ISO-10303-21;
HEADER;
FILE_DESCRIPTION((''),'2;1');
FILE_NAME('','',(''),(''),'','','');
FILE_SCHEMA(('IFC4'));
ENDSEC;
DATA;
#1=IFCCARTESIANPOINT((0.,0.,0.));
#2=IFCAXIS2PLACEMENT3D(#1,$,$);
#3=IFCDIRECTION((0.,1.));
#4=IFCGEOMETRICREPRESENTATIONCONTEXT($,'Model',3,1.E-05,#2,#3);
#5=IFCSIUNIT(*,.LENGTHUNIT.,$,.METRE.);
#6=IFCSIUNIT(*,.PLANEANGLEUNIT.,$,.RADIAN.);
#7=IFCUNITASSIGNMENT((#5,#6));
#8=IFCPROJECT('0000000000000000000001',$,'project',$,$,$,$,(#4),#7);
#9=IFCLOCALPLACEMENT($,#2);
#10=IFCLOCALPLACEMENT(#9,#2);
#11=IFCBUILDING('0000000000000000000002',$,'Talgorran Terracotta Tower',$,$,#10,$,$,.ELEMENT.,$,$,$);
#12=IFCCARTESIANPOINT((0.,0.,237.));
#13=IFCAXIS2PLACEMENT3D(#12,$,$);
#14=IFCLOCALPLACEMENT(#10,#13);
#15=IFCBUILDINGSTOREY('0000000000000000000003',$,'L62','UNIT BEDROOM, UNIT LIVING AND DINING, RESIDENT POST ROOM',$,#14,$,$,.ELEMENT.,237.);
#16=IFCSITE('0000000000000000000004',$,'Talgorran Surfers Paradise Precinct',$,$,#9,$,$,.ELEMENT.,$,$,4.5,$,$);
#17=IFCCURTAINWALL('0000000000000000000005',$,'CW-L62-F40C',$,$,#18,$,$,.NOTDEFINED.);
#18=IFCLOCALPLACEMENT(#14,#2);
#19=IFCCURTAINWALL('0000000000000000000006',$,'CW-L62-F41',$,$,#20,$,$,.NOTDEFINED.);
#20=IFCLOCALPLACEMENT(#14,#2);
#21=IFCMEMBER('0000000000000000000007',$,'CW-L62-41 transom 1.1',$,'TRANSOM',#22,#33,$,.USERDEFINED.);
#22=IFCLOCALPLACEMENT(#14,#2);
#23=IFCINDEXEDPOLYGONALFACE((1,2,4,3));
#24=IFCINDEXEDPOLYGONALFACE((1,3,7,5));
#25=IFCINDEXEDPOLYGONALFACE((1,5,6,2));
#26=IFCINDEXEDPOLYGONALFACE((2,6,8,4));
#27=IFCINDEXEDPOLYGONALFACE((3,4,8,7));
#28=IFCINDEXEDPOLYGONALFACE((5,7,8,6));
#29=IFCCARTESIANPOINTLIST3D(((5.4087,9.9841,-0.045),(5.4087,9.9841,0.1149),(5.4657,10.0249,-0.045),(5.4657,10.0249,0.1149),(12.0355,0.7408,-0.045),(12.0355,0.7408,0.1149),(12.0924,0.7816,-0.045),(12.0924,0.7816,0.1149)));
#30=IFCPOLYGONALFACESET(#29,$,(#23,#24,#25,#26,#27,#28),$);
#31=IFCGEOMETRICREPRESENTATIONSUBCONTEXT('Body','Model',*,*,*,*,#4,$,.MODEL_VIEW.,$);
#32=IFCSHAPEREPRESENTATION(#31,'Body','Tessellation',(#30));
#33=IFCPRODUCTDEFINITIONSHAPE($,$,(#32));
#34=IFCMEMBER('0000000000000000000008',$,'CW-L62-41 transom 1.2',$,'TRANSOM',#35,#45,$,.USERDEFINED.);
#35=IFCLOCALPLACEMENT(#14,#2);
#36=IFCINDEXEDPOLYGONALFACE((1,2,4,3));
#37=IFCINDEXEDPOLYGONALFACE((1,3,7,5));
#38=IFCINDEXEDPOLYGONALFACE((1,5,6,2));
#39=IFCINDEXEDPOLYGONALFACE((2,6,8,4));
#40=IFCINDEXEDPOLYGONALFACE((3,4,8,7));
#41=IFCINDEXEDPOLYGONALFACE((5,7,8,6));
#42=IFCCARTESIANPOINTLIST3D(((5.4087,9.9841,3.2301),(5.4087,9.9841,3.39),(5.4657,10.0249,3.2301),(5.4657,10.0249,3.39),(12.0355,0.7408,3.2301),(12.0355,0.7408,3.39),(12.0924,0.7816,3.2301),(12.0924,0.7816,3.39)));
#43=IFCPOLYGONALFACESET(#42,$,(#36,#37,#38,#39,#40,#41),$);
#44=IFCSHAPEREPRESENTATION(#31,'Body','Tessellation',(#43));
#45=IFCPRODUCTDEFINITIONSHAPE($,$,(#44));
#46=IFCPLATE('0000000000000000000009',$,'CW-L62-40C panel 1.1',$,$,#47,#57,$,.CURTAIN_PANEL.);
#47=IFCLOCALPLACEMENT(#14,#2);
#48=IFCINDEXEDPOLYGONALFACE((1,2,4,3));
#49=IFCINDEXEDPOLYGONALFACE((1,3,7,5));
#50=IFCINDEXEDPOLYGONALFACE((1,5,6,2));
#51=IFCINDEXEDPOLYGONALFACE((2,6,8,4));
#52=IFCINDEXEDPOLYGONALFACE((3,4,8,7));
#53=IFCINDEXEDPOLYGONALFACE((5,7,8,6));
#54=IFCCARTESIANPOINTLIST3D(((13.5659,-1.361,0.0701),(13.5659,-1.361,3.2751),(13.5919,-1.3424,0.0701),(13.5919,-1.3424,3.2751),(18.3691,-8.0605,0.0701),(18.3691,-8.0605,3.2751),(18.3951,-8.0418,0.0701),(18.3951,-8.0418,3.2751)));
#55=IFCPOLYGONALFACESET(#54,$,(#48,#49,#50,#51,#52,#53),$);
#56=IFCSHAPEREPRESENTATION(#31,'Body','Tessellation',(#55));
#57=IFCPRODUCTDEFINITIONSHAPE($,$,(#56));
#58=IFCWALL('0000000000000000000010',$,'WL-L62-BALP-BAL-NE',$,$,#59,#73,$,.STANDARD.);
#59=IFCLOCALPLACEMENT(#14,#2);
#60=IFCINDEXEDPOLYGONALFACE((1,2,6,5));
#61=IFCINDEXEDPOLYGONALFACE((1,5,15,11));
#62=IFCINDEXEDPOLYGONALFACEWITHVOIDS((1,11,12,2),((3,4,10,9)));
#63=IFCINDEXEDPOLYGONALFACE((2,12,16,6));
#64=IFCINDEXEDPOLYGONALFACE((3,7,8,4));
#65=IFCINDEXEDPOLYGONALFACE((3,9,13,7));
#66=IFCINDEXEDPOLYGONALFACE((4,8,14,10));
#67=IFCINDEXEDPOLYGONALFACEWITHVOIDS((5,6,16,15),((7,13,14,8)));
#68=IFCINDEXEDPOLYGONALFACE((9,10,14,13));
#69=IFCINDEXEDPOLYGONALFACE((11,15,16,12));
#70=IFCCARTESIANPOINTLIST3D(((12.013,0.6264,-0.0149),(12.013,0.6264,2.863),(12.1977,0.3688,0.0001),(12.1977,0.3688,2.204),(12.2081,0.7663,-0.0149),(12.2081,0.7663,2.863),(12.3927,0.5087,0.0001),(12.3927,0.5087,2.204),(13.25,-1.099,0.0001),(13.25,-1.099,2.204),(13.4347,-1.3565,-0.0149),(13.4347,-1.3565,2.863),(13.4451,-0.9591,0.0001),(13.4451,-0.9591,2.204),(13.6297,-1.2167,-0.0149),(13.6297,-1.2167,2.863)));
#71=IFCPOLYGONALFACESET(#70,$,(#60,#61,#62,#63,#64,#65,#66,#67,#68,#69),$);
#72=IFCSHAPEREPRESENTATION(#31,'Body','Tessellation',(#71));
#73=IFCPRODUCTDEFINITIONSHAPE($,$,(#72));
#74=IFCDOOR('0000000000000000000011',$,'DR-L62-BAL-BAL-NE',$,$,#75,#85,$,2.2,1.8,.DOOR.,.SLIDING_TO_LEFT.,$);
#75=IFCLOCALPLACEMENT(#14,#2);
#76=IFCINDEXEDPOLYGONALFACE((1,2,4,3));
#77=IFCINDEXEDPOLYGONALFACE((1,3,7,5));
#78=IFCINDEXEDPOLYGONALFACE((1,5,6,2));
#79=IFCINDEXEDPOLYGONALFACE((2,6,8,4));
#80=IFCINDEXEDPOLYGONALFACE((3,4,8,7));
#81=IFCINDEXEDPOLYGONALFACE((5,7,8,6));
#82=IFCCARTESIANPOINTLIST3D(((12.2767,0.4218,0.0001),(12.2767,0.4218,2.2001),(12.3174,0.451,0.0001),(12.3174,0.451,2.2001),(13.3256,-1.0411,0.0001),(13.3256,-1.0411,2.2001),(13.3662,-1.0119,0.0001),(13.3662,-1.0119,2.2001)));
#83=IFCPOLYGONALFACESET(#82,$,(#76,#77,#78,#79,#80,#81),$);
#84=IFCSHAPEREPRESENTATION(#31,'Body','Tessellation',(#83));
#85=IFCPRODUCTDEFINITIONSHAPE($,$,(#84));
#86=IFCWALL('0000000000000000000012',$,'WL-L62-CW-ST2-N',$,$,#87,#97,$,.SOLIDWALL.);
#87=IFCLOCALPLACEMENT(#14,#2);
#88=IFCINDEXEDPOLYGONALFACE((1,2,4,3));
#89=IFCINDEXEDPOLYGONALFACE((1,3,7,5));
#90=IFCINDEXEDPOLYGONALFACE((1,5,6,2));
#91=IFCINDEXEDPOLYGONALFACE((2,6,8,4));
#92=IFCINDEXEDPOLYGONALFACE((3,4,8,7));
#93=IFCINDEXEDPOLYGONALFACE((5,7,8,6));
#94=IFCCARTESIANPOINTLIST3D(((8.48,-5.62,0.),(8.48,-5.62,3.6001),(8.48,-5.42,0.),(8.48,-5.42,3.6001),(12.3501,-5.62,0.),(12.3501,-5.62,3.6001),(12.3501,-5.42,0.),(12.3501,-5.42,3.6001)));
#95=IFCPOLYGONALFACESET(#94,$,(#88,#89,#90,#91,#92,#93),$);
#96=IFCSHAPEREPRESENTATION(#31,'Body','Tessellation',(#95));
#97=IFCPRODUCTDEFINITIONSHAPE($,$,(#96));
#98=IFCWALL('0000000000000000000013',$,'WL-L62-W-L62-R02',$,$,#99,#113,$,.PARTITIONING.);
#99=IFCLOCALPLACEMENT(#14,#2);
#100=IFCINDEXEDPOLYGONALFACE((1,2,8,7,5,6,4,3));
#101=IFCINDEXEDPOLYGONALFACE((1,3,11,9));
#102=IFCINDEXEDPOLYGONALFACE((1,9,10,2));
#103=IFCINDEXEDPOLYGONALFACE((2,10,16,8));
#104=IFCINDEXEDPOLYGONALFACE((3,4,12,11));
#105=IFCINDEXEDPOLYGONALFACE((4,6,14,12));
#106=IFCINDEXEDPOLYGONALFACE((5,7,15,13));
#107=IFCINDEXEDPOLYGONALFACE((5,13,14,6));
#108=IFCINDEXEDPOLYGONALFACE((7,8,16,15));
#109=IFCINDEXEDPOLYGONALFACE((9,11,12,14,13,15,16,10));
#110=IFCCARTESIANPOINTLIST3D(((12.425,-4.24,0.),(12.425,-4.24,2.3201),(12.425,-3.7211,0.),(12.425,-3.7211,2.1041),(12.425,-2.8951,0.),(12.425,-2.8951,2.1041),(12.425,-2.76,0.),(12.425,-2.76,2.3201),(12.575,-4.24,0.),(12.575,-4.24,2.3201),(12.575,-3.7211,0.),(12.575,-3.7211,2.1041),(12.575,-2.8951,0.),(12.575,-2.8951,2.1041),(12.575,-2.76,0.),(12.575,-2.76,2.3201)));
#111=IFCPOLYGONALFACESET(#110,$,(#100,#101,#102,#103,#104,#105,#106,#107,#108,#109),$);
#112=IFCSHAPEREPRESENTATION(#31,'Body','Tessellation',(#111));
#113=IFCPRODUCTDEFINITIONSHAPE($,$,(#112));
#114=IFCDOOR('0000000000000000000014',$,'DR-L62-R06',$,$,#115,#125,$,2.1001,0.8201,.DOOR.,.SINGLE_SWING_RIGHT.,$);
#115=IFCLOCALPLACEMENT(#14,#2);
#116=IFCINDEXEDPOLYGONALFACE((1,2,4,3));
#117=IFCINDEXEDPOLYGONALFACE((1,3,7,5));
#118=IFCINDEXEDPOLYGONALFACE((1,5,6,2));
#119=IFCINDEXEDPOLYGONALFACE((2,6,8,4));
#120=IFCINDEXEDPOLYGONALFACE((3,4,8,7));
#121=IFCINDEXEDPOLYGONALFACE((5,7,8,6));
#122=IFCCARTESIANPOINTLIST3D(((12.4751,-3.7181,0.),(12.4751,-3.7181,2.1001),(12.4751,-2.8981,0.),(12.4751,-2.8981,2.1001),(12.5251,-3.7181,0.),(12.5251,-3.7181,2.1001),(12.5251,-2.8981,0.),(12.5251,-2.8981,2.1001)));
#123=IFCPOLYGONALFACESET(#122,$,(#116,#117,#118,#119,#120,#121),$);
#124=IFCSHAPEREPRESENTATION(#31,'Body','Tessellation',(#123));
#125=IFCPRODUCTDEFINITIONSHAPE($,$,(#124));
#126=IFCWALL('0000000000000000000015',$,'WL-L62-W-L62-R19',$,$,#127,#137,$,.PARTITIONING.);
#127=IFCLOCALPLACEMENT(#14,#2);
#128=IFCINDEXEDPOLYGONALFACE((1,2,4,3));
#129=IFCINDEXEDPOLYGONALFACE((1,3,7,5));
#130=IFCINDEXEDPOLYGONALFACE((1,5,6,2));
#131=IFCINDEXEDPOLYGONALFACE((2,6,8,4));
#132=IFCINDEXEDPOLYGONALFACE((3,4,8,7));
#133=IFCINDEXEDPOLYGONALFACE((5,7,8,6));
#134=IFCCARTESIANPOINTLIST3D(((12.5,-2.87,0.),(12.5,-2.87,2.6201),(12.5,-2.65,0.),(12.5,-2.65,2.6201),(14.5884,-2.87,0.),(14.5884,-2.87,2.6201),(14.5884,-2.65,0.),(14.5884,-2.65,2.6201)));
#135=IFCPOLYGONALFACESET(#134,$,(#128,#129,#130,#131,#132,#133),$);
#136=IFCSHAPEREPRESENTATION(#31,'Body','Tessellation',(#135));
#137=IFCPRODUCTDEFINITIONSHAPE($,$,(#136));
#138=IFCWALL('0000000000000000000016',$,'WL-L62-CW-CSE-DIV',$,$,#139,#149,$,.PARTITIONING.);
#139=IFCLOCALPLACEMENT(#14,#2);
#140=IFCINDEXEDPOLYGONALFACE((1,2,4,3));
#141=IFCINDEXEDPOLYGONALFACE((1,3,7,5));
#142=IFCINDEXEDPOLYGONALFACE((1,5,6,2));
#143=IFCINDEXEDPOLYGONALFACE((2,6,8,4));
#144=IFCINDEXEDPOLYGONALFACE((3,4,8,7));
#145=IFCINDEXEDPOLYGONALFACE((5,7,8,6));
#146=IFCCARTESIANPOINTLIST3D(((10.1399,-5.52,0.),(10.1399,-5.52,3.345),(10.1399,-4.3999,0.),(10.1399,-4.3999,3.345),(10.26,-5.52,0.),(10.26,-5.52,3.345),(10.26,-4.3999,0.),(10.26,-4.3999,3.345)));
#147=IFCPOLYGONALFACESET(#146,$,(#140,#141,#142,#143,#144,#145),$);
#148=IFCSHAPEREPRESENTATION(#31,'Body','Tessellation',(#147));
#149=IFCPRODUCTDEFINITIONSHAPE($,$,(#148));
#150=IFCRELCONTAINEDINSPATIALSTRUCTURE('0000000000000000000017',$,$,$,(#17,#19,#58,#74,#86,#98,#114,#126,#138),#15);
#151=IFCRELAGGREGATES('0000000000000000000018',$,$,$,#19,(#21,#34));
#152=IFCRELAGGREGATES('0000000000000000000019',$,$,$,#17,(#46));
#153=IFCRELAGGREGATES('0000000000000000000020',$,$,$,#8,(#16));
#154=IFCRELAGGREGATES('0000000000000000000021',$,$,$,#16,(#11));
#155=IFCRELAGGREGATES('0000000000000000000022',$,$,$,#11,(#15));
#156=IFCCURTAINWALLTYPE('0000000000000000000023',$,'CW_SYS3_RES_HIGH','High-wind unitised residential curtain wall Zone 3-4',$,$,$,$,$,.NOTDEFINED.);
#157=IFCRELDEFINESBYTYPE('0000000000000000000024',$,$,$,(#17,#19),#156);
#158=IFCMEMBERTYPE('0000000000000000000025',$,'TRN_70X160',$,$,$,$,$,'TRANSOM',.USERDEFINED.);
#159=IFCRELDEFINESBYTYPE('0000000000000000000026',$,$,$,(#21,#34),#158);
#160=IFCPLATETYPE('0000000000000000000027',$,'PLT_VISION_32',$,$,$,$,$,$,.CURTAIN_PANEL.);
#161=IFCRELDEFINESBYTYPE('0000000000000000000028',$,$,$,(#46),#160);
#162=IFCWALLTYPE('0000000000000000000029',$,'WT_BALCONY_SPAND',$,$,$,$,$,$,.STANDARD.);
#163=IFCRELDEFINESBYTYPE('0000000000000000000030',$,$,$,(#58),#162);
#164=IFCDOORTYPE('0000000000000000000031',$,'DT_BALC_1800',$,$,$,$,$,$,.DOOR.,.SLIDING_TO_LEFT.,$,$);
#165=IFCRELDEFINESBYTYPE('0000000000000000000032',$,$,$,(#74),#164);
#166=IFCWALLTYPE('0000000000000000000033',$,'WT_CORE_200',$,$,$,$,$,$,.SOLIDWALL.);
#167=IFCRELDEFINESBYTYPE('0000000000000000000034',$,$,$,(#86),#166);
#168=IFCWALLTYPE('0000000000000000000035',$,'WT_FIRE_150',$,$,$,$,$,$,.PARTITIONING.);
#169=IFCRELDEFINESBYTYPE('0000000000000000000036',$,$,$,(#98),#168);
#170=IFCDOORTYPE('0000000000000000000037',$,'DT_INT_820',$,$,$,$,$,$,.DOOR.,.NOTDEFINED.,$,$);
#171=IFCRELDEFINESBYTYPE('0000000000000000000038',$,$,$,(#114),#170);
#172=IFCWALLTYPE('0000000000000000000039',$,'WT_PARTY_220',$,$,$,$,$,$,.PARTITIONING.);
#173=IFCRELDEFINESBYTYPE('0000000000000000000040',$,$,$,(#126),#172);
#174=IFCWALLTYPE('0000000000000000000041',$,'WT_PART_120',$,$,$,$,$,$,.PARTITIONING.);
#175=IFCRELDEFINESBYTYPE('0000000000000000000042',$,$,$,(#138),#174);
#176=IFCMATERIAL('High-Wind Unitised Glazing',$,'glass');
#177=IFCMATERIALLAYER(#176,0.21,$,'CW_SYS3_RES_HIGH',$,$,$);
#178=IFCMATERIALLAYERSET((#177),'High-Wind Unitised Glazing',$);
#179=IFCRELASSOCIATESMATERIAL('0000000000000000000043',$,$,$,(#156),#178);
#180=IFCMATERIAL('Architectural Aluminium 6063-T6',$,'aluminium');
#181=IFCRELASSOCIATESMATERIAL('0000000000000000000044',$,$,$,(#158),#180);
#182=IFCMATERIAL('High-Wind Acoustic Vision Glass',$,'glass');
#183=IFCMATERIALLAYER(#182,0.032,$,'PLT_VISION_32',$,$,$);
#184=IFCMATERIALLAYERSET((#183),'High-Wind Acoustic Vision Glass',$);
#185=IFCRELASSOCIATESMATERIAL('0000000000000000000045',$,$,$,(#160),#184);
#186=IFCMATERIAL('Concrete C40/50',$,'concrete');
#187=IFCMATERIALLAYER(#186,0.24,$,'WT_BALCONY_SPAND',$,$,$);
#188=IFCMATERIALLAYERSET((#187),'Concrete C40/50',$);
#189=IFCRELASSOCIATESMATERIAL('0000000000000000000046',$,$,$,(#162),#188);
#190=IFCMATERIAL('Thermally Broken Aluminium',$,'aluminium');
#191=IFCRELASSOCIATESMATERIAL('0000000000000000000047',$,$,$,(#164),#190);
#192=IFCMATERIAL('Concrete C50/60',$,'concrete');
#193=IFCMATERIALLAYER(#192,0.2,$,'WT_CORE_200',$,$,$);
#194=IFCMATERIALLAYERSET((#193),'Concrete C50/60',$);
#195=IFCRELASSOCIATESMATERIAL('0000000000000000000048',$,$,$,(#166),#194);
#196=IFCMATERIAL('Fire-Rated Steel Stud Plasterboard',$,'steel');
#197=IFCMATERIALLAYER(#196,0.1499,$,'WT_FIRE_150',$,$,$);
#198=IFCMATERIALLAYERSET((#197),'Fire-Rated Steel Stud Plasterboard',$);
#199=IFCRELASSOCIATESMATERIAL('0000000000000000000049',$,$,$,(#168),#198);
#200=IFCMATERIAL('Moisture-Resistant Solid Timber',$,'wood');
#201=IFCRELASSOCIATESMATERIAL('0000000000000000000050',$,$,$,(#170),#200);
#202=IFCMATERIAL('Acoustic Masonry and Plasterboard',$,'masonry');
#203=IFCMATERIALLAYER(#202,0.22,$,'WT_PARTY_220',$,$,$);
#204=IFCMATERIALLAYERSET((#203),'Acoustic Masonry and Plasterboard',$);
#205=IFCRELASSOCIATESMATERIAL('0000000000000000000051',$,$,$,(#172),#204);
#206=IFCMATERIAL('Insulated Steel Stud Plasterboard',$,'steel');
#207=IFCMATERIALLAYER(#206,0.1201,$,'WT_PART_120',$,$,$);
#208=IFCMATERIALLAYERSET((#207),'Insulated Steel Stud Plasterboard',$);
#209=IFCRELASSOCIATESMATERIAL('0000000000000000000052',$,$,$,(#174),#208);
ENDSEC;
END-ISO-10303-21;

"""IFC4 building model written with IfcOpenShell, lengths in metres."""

from ifc_helpers import new_model, si_unit, direction, frame, frame_2d, origin, origin_2d, place, context, subcontext, project, spatial, rectangle, extrude, source, transform, mapped, material, layer, layer_set, material_profile, profile_set, type_object, type_shapes, element, fill, aggregate, save


model = new_model("IFC4")

# Units and contexts
model_context = context("Model", 3, precision=1e-05, world=origin(), true_north=direction((0.0, 1.0)))
body_context = subcontext(model_context, "Body", "Model", "MODEL_VIEW")
ifc_project = project(units=[si_unit("LENGTHUNIT", "METRE"), si_unit("PLANEANGLEUNIT", "RADIAN")], contexts=[model_context])

# Site, building, storey
site_placement = place(None, origin())
site = spatial("IfcSite", under=ifc_project, at=site_placement, Name="Talgorran Surfers Paradise Precinct", CompositionType="ELEMENT", RefElevation=4.5)
building_placement = place(site_placement, origin())
building = spatial("IfcBuilding", under=site, at=building_placement, Name="Talgorran Terracotta Tower", CompositionType="ELEMENT")
storey_placement = place(building_placement, frame((0.0, 0.0, 237.0)))
storey = spatial("IfcBuildingStorey", under=building, at=storey_placement, Name="L62", Description="UNIT BEDROOM, UNIT LIVING AND DINING, RESIDENT POST ROOM", CompositionType="ELEMENT", Elevation=237.0)

# Curtain wall
ifc_material_1 = material(Name="High-Wind Unitised Glazing", Category="glass")
ifc_layer_1 = layer(ifc_material_1, 0.21, Name="CW_SYS3_RES_HIGH")
ifc_layer_set_1 = layer_set([ifc_layer_1], Name="High-Wind Unitised Glazing")
curtain_wall_type = type_object("IfcCurtainWallType", Name="CW_SYS3_RES_HIGH", Description="High-wind unitised residential curtain wall Zone 3-4", PredefinedType="NOTDEFINED", material=ifc_layer_set_1)
curtain_wall_1_placement = place(storey_placement, origin())
curtain_wall_1 = element("IfcCurtainWall", 1, at=curtain_wall_1_placement, inside=storey, type_object=curtain_wall_type, Name="CW-L62-F40C", PredefinedType="NOTDEFINED")
ifc_material_2 = material(Name="Architectural Aluminium 6063-T6", Category="aluminium")

# Curtain wall, members
curtain_wall_2_placement = place(storey_placement, origin())
curtain_wall_2 = element("IfcCurtainWall", 2, at=curtain_wall_2_placement, inside=storey, type_object=curtain_wall_type, Name="CW-L62-F41", PredefinedType="NOTDEFINED")
ifc_material_profile_1 = material_profile(ifc_material_2, rectangle(XDim=0.0701, YDim=0.1599, at=origin_2d()), Name="CWT70X160")
ifc_profile_set_1 = profile_set([ifc_material_profile_1], Name="Architectural Aluminium 6063-T6")
member_type_1 = type_object("IfcMemberType", Name="TRN_70X160", ElementType="TRANSOM", PredefinedType="USERDEFINED", material=ifc_profile_set_1)
member_1_placement = place(storey_placement, frame((12.064, 0.7612, 0.0349), z_axis=(-0.582661, 0.812715, 0.0), x_axis=(-0.812715, -0.582661, 0.0)))
member_1 = element("IfcMember", 3, at=member_1_placement, type_object=member_type_1, Name="CW-L62-41 transom 1.1", ObjectType="TRANSOM", PredefinedType="USERDEFINED", context=body_context, shape_type="SweptSolid", body=[
    extrude(rectangle(XDim=0.0701, YDim=0.1599, at=origin_2d()), origin(), (0.0, 0.0, 1.0), 11.3733),
])
member_2_placement = place(storey_placement, frame((12.064, 0.7612, 3.3101), z_axis=(-0.582661, 0.812715, 0.0), x_axis=(-0.812715, -0.582661, 0.0)))
member_2 = element("IfcMember", 4, at=member_2_placement, type_object=member_type_1, Name="CW-L62-41 transom 1.2", ObjectType="TRANSOM", PredefinedType="USERDEFINED", context=body_context, shape_type="SweptSolid", body=[
    extrude(rectangle(XDim=0.0701, YDim=0.1599, at=origin_2d()), origin(), (0.0, 0.0, 1.0), 11.3733),
])
aggregate(curtain_wall_2, [member_1, member_2])

# Plate
ifc_material_3 = material(Name="High-Wind Acoustic Vision Glass", Category="glass")
ifc_layer_2 = layer(ifc_material_3, 0.032, Name="PLT_VISION_32")
ifc_layer_set_2 = layer_set([ifc_layer_2], Name="High-Wind Acoustic Vision Glass")
plate_type = type_object("IfcPlateType", Name="PLT_VISION_32", PredefinedType="CURTAIN_PANEL", material=ifc_layer_set_2)
shared_shape = source(origin(), body_context, "Body", "SweptSolid", [
    extrude(rectangle(XDim=8.2434, YDim=0.032, at=origin_2d()), origin(), (0.0, 0.0, 1.0), 3.2051),
])
type_shapes(plate_type, [shared_shape])
plate_placement = place(storey_placement, frame((15.9805, -4.7014, 0.0701), z_axis=(0.0, 0.0, 1.0), x_axis=(-0.582669, 0.812709, 0.0)))
plate = element("IfcPlate", 5, at=plate_placement, type_object=plate_type, Name="CW-L62-40C panel 1.1", PredefinedType="CURTAIN_PANEL", context=body_context, shape_type="MappedRepresentation", body=[
    mapped(shared_shape, transform((0.0, 0.0, 0.0), scale=1.0)),
])
aggregate(curtain_wall_1, [plate])

# Wall, opening, door
ifc_material_4 = material(Name="Concrete C40/50", Category="concrete")
ifc_layer_3 = layer(ifc_material_4, 0.24, Name="WT_BALCONY_SPAND")
ifc_layer_set_3 = layer_set([ifc_layer_3], Name="Concrete C40/50")
wall_type_1 = type_object("IfcWallType", Name="WT_BALCONY_SPAND", PredefinedType="STANDARD", material=ifc_layer_set_3)
wall_1_placement = place(storey_placement, frame((13.5322, -1.2866, -0.0149), z_axis=(0.0, 0.0, 1.0), x_axis=(-0.582667, 0.812711, 0.0)))
wall_1 = element("IfcWall", 6, at=wall_1_placement, inside=storey, type_object=wall_type_1, Name="WL-L62-BALP-BAL-NE", PredefinedType="STANDARD", context=body_context, shape_type="SweptSolid", body=[
    extrude(rectangle(XDim=2.4399, YDim=0.24, at=frame_2d((1.22, 0.0))), origin(), (0.0, 0.0, 1.0), 2.8779),
])
opening_1_placement = place(wall_1_placement, frame((0.3201, 0.0, 0.0149)))
opening_1 = element("IfcOpeningElement", 7, at=opening_1_placement, cuts=wall_1, PredefinedType="OPENING", context=body_context, shape_type="SweptSolid", body=[
    extrude(rectangle(XDim=1.806, YDim=2.204, at=frame_2d((0.8999, 1.1021))), frame((0.0, 0.1299, 0.0), z_axis=(0.0, -1.0, 0.0), x_axis=(1.0, 0.0, 0.0)), (0.0, 0.0, 1.0), 0.26),
])
ifc_material_5 = material(Name="Thermally Broken Aluminium", Category="aluminium")
door_type_1 = type_object("IfcDoorType", Name="DT_BALC_1800", OperationType="SLIDING_TO_LEFT", PredefinedType="DOOR", material=ifc_material_5)
door_1_placement = place(opening_1_placement, origin())
door_1 = element("IfcDoor", 8, at=door_1_placement, inside=storey, type_object=door_type_1, Name="DR-L62-BAL-BAL-NE", OperationType="SLIDING_TO_LEFT", OverallHeight=2.2, OverallWidth=1.8, PredefinedType="DOOR", context=body_context, shape_type="SweptSolid", body=[
    extrude(rectangle(XDim=1.8, YDim=2.2, at=frame_2d((0.8999, 1.1001))), frame((0.0, 0.0249, 0.0), z_axis=(0.0, -1.0, 0.0), x_axis=(1.0, 0.0, 0.0)), (0.0, 0.0, 1.0), 0.05),
])
fill(opening_1, door_1)

# Wall
ifc_material_6 = material(Name="Concrete C50/60", Category="concrete")
ifc_layer_4 = layer(ifc_material_6, 0.2, Name="WT_CORE_200")
ifc_layer_set_4 = layer_set([ifc_layer_4], Name="Concrete C50/60")
wall_type_2 = type_object("IfcWallType", Name="WT_CORE_200", PredefinedType="SOLIDWALL", material=ifc_layer_set_4)
wall_2_placement = place(storey_placement, frame((8.48, -5.52, 0.0), z_axis=(0.0, 0.0, 1.0), x_axis=(1.0, 0.0, 0.0)))
element("IfcWall", 9, at=wall_2_placement, inside=storey, type_object=wall_type_2, Name="WL-L62-CW-ST2-N", PredefinedType="SOLIDWALL", context=body_context, shape_type="SweptSolid", body=[
    extrude(rectangle(XDim=3.8701, YDim=0.2, at=frame_2d((1.9351, 0.0))), origin(), (0.0, 0.0, 1.0), 3.6001),
])

# Wall, opening, door
ifc_material_7 = material(Name="Fire-Rated Steel Stud Plasterboard", Category="steel")
ifc_layer_5 = layer(ifc_material_7, 0.1499, Name="WT_FIRE_150")
ifc_layer_set_5 = layer_set([ifc_layer_5], Name="Fire-Rated Steel Stud Plasterboard")
wall_type_3 = type_object("IfcWallType", Name="WT_FIRE_150", PredefinedType="PARTITIONING", material=ifc_layer_set_5)
wall_3_placement = place(storey_placement, frame((12.5, -4.24, 0.0), z_axis=(0.0, 0.0, 1.0), x_axis=(0.0, 1.0, 0.0)))
wall_3 = element("IfcWall", 10, at=wall_3_placement, inside=storey, type_object=wall_type_3, Name="WL-L62-W-L62-R02", PredefinedType="PARTITIONING", context=body_context, shape_type="SweptSolid", body=[
    extrude(rectangle(XDim=1.48, YDim=0.1499, at=frame_2d((0.74, 0.0))), origin(), (0.0, 0.0, 1.0), 2.3201),
])
opening_2_placement = place(wall_3_placement, frame((0.5217, 0.0, 0.0)))
opening_2 = element("IfcOpeningElement", 11, at=opening_2_placement, cuts=wall_3, PredefinedType="OPENING", context=body_context, shape_type="SweptSolid", body=[
    extrude(rectangle(XDim=0.8261, YDim=2.1041, at=frame_2d((0.4102, 1.052))), frame((0.0, 0.085, 0.0), z_axis=(0.0, -1.0, 0.0), x_axis=(1.0, 0.0, 0.0)), (0.0, 0.0, 1.0), 0.1699),
])
ifc_material_8 = material(Name="Moisture-Resistant Solid Timber", Category="wood")
door_type_2 = type_object("IfcDoorType", Name="DT_INT_820", OperationType="NOTDEFINED", PredefinedType="DOOR", material=ifc_material_8)
door_2_placement = place(opening_2_placement, origin())
door_2 = element("IfcDoor", 12, at=door_2_placement, inside=storey, type_object=door_type_2, Name="DR-L62-R06", OperationType="SINGLE_SWING_RIGHT", OverallHeight=2.1001, OverallWidth=0.8201, PredefinedType="DOOR", context=body_context, shape_type="SweptSolid", body=[
    extrude(rectangle(XDim=0.8201, YDim=2.1001, at=frame_2d((0.4102, 1.05))), frame((0.0, 0.0249, 0.0), z_axis=(0.0, -1.0, 0.0), x_axis=(1.0, 0.0, 0.0)), (0.0, 0.0, 1.0), 0.05),
])
fill(opening_2, door_2)

# Walls
ifc_material_9 = material(Name="Acoustic Masonry and Plasterboard", Category="masonry")
ifc_layer_6 = layer(ifc_material_9, 0.22, Name="WT_PARTY_220")
ifc_layer_set_6 = layer_set([ifc_layer_6], Name="Acoustic Masonry and Plasterboard")
wall_type_4 = type_object("IfcWallType", Name="WT_PARTY_220", PredefinedType="PARTITIONING", material=ifc_layer_set_6)
wall_4_placement = place(storey_placement, frame((12.5, -2.76, 0.0), z_axis=(0.0, 0.0, 1.0), x_axis=(1.0, 0.0, 0.0)))
element("IfcWall", 13, at=wall_4_placement, inside=storey, type_object=wall_type_4, Name="WL-L62-W-L62-R19", PredefinedType="PARTITIONING", context=body_context, shape_type="SweptSolid", body=[
    extrude(rectangle(XDim=2.0884, YDim=0.22, at=frame_2d((1.0442, 0.0))), origin(), (0.0, 0.0, 1.0), 2.6201),
])
ifc_material_10 = material(Name="Insulated Steel Stud Plasterboard", Category="steel")
ifc_layer_7 = layer(ifc_material_10, 0.1201, Name="WT_PART_120")
ifc_layer_set_7 = layer_set([ifc_layer_7], Name="Insulated Steel Stud Plasterboard")
wall_type_5 = type_object("IfcWallType", Name="WT_PART_120", PredefinedType="PARTITIONING", material=ifc_layer_set_7)
wall_5_placement = place(storey_placement, frame((10.2, -5.52, 0.0), z_axis=(0.0, 0.0, 1.0), x_axis=(0.0, 1.0, 0.0)))
element("IfcWall", 14, at=wall_5_placement, inside=storey, type_object=wall_type_5, Name="WL-L62-CW-CSE-DIV", PredefinedType="PARTITIONING", context=body_context, shape_type="SweptSolid", body=[
    extrude(rectangle(XDim=1.1201, YDim=0.1201, at=frame_2d((0.5601, 0.0))), origin(), (0.0, 0.0, 1.0), 3.345),
])

save(model, "model.ifc")
